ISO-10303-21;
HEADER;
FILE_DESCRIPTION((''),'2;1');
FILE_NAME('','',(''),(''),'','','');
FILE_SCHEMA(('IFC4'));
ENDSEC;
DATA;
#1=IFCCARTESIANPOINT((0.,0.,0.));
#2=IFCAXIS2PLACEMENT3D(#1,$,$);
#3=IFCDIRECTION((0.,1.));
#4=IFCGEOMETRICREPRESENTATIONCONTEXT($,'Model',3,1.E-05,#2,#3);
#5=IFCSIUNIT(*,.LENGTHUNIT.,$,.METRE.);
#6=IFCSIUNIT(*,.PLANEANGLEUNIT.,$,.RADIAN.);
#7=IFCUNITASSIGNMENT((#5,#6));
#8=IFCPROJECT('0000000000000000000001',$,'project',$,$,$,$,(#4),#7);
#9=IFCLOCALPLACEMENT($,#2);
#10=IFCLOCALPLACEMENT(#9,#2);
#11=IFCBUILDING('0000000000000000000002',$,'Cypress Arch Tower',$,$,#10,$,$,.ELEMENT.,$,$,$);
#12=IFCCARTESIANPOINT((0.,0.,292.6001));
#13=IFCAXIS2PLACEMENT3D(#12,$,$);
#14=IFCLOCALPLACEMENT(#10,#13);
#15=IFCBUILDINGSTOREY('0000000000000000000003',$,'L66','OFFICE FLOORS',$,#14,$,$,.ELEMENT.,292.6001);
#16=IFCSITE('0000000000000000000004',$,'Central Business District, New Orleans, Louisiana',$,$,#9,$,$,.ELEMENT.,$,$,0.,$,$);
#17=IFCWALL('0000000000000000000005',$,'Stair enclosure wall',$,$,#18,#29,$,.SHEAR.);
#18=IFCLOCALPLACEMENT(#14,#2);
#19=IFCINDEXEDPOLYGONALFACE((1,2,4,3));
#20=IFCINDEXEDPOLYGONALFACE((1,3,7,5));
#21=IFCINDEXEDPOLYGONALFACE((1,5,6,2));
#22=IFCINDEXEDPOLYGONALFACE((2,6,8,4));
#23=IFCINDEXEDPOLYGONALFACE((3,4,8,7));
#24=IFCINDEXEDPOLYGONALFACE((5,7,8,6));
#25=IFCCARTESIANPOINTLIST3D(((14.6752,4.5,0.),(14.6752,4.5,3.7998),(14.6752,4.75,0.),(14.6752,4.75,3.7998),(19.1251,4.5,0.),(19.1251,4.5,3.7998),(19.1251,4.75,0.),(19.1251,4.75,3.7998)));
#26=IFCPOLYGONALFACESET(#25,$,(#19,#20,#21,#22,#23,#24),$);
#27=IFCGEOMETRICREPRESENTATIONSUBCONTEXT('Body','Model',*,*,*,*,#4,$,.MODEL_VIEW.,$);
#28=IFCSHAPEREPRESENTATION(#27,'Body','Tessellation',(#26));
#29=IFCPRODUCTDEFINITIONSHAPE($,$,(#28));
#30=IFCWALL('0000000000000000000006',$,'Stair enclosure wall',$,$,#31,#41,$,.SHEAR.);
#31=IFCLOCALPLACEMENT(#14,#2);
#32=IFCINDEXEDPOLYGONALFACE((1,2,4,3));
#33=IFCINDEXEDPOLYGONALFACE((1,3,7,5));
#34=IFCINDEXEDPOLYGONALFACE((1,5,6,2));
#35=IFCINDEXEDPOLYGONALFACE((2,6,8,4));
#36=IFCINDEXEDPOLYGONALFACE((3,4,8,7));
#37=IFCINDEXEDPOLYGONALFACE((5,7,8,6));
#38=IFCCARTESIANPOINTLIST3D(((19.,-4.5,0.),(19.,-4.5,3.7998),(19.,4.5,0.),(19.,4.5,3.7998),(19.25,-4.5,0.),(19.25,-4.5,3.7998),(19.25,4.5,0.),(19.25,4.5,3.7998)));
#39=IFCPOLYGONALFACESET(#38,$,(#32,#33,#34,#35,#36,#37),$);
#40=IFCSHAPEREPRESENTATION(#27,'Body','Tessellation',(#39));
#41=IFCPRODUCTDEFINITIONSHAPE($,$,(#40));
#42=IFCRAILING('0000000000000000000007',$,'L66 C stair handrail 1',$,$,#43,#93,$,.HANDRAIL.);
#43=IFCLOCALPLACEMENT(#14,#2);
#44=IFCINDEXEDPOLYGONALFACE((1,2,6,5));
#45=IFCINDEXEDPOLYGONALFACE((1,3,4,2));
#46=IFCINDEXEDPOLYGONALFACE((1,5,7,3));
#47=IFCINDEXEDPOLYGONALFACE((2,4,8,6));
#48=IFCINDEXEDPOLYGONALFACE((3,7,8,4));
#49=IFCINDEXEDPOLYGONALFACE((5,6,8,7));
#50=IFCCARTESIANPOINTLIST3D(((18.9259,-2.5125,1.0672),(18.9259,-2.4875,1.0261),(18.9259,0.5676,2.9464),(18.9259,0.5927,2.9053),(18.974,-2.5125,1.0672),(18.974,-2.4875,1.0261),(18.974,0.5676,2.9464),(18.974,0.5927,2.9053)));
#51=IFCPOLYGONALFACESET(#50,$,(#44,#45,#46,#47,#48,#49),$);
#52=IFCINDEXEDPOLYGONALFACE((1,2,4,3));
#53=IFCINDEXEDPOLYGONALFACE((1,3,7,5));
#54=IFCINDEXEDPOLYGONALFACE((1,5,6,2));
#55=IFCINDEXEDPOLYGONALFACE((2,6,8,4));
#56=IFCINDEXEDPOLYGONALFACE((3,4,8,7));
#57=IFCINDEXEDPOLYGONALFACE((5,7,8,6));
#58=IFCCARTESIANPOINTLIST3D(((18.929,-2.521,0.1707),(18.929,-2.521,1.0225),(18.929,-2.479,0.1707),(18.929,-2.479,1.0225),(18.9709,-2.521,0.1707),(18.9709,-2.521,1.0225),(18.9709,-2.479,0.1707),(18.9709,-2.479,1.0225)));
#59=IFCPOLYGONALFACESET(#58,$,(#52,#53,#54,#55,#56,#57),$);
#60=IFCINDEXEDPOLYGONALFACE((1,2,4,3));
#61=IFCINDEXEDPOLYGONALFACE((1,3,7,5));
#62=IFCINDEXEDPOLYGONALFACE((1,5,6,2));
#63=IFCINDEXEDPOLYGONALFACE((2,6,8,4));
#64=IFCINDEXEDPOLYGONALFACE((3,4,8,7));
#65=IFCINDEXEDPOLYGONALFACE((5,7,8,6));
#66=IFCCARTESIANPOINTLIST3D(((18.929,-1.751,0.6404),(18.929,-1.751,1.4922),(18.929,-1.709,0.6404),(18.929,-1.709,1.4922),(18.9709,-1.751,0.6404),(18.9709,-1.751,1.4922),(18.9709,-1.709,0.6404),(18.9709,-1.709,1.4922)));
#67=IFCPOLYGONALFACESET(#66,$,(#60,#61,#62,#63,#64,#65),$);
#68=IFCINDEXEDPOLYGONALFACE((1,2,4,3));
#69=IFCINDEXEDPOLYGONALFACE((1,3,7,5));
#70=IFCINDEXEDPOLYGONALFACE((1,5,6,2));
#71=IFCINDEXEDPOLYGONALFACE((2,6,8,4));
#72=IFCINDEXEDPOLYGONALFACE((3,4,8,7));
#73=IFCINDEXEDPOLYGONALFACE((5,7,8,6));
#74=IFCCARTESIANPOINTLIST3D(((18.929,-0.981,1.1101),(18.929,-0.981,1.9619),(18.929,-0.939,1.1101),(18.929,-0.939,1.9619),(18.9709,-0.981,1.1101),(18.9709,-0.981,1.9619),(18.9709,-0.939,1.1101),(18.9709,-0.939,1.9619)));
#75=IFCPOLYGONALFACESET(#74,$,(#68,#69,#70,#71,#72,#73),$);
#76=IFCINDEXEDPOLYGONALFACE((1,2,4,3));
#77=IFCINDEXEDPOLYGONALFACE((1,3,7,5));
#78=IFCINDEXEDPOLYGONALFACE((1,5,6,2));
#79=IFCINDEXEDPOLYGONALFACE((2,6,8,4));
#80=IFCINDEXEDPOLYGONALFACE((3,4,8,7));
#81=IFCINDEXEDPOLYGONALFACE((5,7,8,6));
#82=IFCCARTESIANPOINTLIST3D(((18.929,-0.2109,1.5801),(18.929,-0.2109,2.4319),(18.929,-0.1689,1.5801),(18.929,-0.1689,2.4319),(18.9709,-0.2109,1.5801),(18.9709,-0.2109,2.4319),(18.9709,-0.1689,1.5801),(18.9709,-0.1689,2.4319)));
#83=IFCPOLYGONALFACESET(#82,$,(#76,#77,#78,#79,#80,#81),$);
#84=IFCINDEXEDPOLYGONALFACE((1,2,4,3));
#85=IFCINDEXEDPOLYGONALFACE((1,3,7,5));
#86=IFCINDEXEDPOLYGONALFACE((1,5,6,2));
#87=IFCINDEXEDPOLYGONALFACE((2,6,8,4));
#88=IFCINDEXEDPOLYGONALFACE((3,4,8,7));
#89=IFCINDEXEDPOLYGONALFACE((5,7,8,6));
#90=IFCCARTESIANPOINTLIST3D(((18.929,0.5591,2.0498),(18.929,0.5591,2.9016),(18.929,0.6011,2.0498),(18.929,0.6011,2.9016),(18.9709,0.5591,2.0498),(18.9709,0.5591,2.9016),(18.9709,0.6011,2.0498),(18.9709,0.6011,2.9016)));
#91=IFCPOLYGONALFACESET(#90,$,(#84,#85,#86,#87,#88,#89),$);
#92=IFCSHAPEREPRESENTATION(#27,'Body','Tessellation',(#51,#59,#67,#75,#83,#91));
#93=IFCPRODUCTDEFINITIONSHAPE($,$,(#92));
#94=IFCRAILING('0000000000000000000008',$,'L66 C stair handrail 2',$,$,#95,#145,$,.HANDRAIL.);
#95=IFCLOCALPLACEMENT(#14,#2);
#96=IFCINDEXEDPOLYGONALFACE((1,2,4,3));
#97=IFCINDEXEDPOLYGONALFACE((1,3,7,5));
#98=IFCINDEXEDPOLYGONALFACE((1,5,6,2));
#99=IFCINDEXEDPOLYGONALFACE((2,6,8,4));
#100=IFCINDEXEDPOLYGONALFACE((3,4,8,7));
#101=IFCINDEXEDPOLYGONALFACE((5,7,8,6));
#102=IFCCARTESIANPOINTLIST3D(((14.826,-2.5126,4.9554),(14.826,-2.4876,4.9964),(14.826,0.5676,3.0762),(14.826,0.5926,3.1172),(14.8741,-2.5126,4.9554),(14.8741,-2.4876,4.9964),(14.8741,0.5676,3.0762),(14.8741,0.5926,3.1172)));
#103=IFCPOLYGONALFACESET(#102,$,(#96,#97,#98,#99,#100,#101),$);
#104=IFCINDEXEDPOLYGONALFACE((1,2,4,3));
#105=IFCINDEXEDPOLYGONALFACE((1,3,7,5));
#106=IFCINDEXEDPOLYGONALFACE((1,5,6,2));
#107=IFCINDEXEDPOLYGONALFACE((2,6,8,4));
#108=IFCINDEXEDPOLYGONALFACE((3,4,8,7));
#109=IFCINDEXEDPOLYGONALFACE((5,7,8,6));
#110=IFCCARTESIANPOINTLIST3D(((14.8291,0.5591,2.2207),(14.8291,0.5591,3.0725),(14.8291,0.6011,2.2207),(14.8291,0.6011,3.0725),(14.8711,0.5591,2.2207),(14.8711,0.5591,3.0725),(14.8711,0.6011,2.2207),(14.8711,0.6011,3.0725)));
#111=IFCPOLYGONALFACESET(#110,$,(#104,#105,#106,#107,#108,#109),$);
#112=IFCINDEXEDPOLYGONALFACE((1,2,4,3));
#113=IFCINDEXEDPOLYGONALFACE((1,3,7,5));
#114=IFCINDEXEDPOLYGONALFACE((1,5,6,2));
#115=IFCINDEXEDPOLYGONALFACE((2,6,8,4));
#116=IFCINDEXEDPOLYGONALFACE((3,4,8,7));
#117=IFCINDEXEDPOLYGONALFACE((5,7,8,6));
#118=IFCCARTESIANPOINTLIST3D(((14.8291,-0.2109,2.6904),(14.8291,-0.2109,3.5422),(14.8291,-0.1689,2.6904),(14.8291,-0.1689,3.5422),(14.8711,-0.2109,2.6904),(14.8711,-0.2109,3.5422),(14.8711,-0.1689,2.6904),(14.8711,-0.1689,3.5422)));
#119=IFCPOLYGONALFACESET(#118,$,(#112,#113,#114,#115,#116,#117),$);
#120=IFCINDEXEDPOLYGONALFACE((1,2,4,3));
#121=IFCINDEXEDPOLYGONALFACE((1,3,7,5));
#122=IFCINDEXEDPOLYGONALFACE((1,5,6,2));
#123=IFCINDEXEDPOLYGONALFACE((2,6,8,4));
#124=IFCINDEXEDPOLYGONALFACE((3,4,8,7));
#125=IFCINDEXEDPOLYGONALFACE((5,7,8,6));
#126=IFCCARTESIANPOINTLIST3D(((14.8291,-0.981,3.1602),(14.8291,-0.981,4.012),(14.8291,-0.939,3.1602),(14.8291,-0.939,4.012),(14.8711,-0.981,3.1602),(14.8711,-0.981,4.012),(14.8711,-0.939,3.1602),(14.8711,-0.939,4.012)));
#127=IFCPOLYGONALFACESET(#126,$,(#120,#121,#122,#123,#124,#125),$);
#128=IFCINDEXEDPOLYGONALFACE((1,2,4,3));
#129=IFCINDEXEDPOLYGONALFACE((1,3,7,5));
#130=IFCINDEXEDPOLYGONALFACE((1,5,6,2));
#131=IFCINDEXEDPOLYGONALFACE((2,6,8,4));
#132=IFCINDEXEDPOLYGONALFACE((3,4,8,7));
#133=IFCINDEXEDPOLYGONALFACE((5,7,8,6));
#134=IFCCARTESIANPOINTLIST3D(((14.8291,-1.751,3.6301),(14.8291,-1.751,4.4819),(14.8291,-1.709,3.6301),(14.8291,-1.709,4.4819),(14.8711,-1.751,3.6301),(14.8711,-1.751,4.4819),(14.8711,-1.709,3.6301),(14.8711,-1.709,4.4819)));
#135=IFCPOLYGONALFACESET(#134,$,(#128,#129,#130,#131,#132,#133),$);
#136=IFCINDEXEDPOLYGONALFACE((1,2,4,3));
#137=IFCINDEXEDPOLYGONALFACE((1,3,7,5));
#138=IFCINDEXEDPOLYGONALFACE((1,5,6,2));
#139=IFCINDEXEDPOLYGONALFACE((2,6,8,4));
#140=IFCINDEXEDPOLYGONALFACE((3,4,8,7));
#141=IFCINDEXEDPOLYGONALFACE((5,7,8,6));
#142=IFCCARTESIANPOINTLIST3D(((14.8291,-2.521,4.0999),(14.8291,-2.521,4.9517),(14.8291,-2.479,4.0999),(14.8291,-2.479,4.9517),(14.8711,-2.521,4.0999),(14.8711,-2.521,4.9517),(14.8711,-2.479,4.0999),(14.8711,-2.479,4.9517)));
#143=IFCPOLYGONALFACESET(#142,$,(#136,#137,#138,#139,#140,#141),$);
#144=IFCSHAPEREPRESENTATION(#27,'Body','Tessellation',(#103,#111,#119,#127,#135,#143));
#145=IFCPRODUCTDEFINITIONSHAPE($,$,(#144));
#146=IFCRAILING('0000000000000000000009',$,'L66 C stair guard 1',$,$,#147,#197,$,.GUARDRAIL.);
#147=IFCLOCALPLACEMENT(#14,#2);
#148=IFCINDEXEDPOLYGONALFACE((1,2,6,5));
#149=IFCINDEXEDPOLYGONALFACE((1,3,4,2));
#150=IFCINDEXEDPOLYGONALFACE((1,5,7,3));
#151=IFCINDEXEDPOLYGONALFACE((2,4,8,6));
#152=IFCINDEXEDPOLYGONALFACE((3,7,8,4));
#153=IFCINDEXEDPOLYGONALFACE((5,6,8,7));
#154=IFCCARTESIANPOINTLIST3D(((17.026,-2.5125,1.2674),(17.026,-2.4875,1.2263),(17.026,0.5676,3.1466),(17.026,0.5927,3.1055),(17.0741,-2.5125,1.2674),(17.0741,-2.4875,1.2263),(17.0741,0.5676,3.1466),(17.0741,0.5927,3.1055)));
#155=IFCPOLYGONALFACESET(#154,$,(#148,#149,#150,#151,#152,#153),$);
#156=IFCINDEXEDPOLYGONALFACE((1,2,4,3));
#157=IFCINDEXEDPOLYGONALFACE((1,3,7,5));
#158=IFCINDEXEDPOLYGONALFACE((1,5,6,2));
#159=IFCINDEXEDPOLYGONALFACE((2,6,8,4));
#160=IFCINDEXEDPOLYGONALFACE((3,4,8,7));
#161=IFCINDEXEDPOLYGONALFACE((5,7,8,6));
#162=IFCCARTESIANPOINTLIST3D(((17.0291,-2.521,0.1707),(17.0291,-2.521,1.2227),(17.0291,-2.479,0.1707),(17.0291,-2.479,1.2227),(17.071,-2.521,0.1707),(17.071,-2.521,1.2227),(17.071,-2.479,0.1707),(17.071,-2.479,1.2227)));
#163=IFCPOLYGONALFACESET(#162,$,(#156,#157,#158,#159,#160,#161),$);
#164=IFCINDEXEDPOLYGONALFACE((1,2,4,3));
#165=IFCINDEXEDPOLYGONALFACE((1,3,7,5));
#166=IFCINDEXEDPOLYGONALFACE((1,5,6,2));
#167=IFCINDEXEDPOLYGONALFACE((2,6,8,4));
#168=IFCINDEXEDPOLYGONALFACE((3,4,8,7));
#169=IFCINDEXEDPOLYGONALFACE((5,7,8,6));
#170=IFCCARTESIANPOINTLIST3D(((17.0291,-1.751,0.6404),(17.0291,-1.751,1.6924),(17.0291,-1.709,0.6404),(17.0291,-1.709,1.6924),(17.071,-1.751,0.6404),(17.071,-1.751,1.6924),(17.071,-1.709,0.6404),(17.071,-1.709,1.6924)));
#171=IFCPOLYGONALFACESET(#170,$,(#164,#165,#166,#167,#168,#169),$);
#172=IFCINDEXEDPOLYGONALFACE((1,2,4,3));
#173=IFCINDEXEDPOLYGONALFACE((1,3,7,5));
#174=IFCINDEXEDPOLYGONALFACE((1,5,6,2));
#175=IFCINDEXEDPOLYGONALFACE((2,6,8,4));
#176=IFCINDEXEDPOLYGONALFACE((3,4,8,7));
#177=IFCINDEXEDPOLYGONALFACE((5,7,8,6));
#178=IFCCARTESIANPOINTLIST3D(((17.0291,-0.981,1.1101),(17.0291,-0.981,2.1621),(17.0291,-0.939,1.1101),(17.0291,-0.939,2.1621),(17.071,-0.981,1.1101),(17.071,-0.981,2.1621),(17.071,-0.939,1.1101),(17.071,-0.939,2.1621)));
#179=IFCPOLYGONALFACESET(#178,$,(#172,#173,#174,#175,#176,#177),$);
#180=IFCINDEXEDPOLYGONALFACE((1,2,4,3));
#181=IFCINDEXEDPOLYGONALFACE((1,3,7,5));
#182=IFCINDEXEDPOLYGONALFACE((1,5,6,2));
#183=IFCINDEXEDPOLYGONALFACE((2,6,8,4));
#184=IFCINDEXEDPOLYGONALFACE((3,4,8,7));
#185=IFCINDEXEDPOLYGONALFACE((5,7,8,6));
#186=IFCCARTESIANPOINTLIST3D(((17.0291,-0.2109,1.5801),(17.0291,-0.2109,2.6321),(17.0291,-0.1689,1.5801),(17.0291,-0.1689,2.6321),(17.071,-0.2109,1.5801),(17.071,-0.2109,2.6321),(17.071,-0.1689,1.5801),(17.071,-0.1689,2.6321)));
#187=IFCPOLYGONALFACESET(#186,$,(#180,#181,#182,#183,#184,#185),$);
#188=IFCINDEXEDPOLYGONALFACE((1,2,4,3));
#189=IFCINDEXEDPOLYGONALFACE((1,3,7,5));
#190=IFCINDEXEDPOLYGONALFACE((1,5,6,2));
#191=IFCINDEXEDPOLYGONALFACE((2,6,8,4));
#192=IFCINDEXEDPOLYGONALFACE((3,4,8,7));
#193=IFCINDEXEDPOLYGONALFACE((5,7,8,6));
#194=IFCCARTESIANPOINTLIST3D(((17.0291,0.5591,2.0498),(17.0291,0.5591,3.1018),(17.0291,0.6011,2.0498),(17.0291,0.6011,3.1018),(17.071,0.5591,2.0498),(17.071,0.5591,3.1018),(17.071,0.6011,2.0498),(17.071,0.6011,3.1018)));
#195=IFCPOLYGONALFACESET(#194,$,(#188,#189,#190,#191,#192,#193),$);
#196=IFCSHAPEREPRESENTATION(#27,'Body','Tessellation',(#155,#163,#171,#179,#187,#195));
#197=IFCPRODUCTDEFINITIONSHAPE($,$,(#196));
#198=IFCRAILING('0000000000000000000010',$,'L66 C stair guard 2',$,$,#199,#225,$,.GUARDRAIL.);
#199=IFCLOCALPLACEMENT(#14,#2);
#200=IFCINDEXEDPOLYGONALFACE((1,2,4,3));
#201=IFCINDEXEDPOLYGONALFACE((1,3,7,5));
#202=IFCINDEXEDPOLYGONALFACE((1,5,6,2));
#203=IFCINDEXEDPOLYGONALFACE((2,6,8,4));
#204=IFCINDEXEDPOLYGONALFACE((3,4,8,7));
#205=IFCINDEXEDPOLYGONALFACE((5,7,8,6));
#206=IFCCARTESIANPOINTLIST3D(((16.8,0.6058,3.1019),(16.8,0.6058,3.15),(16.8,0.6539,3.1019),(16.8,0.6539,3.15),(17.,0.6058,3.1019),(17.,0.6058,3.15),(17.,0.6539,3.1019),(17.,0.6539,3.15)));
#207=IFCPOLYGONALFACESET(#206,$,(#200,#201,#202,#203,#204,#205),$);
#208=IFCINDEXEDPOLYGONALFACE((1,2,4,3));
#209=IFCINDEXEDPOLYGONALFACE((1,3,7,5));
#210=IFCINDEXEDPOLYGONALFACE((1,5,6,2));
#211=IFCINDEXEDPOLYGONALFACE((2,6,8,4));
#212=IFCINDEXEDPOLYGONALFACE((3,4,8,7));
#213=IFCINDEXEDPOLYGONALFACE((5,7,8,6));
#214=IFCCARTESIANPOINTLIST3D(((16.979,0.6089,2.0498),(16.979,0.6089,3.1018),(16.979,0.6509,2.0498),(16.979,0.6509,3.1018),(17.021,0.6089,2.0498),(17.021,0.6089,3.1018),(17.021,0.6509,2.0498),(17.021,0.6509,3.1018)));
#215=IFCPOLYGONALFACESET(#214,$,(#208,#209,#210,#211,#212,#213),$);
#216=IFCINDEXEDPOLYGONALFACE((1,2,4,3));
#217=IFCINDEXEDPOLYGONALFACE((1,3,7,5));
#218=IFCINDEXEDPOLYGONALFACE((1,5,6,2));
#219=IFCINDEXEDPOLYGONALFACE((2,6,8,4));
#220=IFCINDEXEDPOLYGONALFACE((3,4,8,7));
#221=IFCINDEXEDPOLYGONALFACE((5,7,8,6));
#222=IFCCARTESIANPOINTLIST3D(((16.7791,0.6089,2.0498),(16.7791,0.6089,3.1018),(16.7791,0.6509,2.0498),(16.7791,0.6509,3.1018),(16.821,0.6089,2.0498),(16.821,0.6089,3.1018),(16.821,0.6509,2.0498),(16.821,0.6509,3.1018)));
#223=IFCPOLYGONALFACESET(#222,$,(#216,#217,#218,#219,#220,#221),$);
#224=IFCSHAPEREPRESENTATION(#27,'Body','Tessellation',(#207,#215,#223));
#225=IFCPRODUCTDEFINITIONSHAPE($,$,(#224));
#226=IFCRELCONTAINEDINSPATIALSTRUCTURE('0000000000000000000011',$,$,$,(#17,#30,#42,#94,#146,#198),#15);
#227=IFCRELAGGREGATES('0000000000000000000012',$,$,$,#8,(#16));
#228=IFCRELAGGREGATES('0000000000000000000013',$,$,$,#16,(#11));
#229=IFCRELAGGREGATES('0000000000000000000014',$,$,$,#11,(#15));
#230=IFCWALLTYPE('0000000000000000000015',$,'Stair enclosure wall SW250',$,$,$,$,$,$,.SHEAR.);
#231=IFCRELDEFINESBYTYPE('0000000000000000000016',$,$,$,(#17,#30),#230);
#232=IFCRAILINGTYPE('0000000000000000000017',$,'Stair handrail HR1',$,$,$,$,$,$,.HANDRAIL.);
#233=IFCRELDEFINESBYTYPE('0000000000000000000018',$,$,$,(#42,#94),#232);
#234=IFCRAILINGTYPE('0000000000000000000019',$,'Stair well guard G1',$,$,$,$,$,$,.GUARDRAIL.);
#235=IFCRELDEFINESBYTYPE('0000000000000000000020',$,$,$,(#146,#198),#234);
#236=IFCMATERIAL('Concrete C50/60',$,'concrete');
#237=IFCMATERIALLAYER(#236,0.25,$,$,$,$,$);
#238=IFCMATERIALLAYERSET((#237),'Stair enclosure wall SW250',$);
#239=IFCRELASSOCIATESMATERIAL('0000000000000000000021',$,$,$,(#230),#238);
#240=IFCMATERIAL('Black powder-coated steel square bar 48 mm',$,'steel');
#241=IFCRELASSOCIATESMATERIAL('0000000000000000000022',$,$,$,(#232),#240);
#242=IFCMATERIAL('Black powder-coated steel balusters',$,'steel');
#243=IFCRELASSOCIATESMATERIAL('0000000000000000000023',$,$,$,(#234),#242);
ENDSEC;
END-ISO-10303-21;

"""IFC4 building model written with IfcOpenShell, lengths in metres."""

from ifc_helpers import new_model, si_unit, direction, frame, frame_2d, origin, origin_2d, place, context, subcontext, project, spatial, rectangle, extrude, material, layer, layer_set, type_object, element, save


model = new_model("IFC4")

# Units and contexts
model_context = context("Model", 3, precision=1e-05, world=origin(), true_north=direction((0.0, 1.0)))
body_context = subcontext(model_context, "Body", "Model", "MODEL_VIEW")
ifc_project = project(units=[si_unit("LENGTHUNIT", "METRE"), si_unit("PLANEANGLEUNIT", "RADIAN")], contexts=[model_context])

# Site, building, storey
site_placement = place(None, origin())
site = spatial("IfcSite", under=ifc_project, at=site_placement, Name="Central Business District, New Orleans, Louisiana", CompositionType="ELEMENT", RefElevation=0.0)
building_placement = place(site_placement, origin())
building = spatial("IfcBuilding", under=site, at=building_placement, Name="Cypress Arch Tower", CompositionType="ELEMENT")
storey_placement = place(building_placement, frame((0.0, 0.0, 292.6001)))
storey = spatial("IfcBuildingStorey", under=building, at=storey_placement, Name="L66", Description="OFFICE FLOORS", CompositionType="ELEMENT", Elevation=292.6001)

# Shared definitions
ifc_material_1 = material(Name="Concrete C50/60", Category="concrete")
ifc_layer_1 = layer(ifc_material_1, 0.25)
ifc_layer_set_1 = layer_set([ifc_layer_1], Name="Stair enclosure wall SW250")
wall_type_1 = type_object("IfcWallType", Name="Stair enclosure wall SW250", PredefinedType="SHEAR", material=ifc_layer_set_1)

# Walls
wall_1_placement = place(storey_placement, frame((14.675, 4.625, 0.0), z_axis=(0.0, 0.0, 1.0), x_axis=(1.0, 0.0, 0.0)))
element("IfcWall", 1, at=wall_1_placement, inside=storey, type_object=wall_type_1, Name="Stair enclosure wall", PredefinedType="SHEAR", context=body_context, shape_type="SweptSolid", body=[
    extrude(rectangle(XDim=4.45, YDim=0.25, at=frame_2d((2.2251, 0.0))), origin(), (0.0, 0.0, 1.0), 3.7998),
])
wall_2_placement = place(storey_placement, frame((19.125, -4.5, 0.0), z_axis=(0.0, 0.0, 1.0), x_axis=(0.0, 1.0, 0.0)))
element("IfcWall", 2, at=wall_2_placement, inside=storey, type_object=wall_type_1, Name="Stair enclosure wall", PredefinedType="SHEAR", context=body_context, shape_type="SweptSolid", body=[
    extrude(rectangle(XDim=9.0, YDim=0.25, at=frame_2d((4.5, 0.0))), origin(), (0.0, 0.0, 1.0), 3.7998),
])

# Railings
ifc_material_2 = material(Name="Black powder-coated steel square bar 48 mm", Category="steel")
railing_type_1 = type_object("IfcRailingType", Name="Stair handrail HR1", PredefinedType="HANDRAIL", material=ifc_material_2)
railing_1_placement = place(storey_placement, frame((18.95, -2.5, 0.1707)))
element("IfcRailing", 3, at=railing_1_placement, inside=storey, type_object=railing_type_1, Name="L66 C stair handrail 1", PredefinedType="HANDRAIL", context=body_context, shape_type="SweptSolid", body=[
    extrude(rectangle(XDim=0.0481, YDim=0.0481, at=origin_2d()), frame((0.0, 0.0, 0.876), z_axis=(0.0, 0.853666, 0.52082), x_axis=(-1.0, 0.0, 0.0)), (0.0, 0.0, 1.0), 3.6082),
    extrude(rectangle(XDim=0.042, YDim=0.042, at=origin_2d()), origin(), (0.0, 0.0, 1.0), 0.8518),
    extrude(rectangle(XDim=0.042, YDim=0.042, at=origin_2d()), frame((0.0, 0.77, 0.4697)), (0.0, 0.0, 1.0), 0.8518),
    extrude(rectangle(XDim=0.042, YDim=0.042, at=origin_2d()), frame((0.0, 1.54, 0.9395)), (0.0, 0.0, 1.0), 0.8518),
    extrude(rectangle(XDim=0.042, YDim=0.042, at=origin_2d()), frame((0.0, 2.3101, 1.4094)), (0.0, 0.0, 1.0), 0.8518),
    extrude(rectangle(XDim=0.042, YDim=0.042, at=origin_2d()), frame((0.0, 3.0801, 1.8792)), (0.0, 0.0, 1.0), 0.8518),
])
railing_2_placement = place(storey_placement, frame((14.8501, 0.5801, 2.2207)))
element("IfcRailing", 4, at=railing_2_placement, inside=storey, type_object=railing_type_1, Name="L66 C stair handrail 2", PredefinedType="HANDRAIL", context=body_context, shape_type="SweptSolid", body=[
    extrude(rectangle(XDim=0.0481, YDim=0.0481, at=origin_2d()), frame((0.0, 0.0, 0.876), z_axis=(0.0, -0.853666, 0.52082), x_axis=(1.0, 0.0, 0.0)), (0.0, 0.0, 1.0), 3.6082),
    extrude(rectangle(XDim=0.042, YDim=0.042, at=origin_2d()), origin(), (0.0, 0.0, 1.0), 0.8518),
    extrude(rectangle(XDim=0.042, YDim=0.042, at=origin_2d()), frame((0.0, -0.77, 0.4697)), (0.0, 0.0, 1.0), 0.8518),
    extrude(rectangle(XDim=0.042, YDim=0.042, at=origin_2d()), frame((0.0, -1.54, 0.9395)), (0.0, 0.0, 1.0), 0.8518),
    extrude(rectangle(XDim=0.042, YDim=0.042, at=origin_2d()), frame((0.0, -2.3101, 1.4094)), (0.0, 0.0, 1.0), 0.8518),
    extrude(rectangle(XDim=0.042, YDim=0.042, at=origin_2d()), frame((0.0, -3.0801, 1.8792)), (0.0, 0.0, 1.0), 0.8518),
])
ifc_material_3 = material(Name="Black powder-coated steel balusters", Category="steel")
railing_type_2 = type_object("IfcRailingType", Name="Stair well guard G1", PredefinedType="GUARDRAIL", material=ifc_material_3)
railing_3_placement = place(storey_placement, frame((17.05, -2.5, 0.1707)))
element("IfcRailing", 5, at=railing_3_placement, inside=storey, type_object=railing_type_2, Name="L66 C stair guard 1", PredefinedType="GUARDRAIL", context=body_context, shape_type="SweptSolid", body=[
    extrude(rectangle(XDim=0.0481, YDim=0.0481, at=origin_2d()), frame((0.0, 0.0, 1.0762), z_axis=(0.0, 0.853666, 0.52082), x_axis=(-1.0, 0.0, 0.0)), (0.0, 0.0, 1.0), 3.6082),
    extrude(rectangle(XDim=0.042, YDim=0.042, at=origin_2d()), origin(), (0.0, 0.0, 1.0), 1.052),
    extrude(rectangle(XDim=0.042, YDim=0.042, at=origin_2d()), frame((0.0, 0.77, 0.4697)), (0.0, 0.0, 1.0), 1.052),
    extrude(rectangle(XDim=0.042, YDim=0.042, at=origin_2d()), frame((0.0, 1.54, 0.9395)), (0.0, 0.0, 1.0), 1.052),
    extrude(rectangle(XDim=0.042, YDim=0.042, at=origin_2d()), frame((0.0, 2.3101, 1.4094)), (0.0, 0.0, 1.0), 1.052),
    extrude(rectangle(XDim=0.042, YDim=0.042, at=origin_2d()), frame((0.0, 3.0801, 1.8792)), (0.0, 0.0, 1.0), 1.052),
])
railing_4_placement = place(storey_placement, frame((17.0, 0.6299, 2.0498)))
element("IfcRailing", 6, at=railing_4_placement, inside=storey, type_object=railing_type_2, Name="L66 C stair guard 2", PredefinedType="GUARDRAIL", context=body_context, shape_type="SweptSolid", body=[
    extrude(rectangle(XDim=0.0481, YDim=0.0481, at=origin_2d()), frame((0.0, 0.0, 1.0762), z_axis=(-1.0, 0.0, 0.0), x_axis=(0.0, -1.0, 0.0)), (0.0, 0.0, 1.0), 0.2),
    extrude(rectangle(XDim=0.042, YDim=0.042, at=origin_2d()), origin(), (0.0, 0.0, 1.0), 1.052),
    extrude(rectangle(XDim=0.042, YDim=0.042, at=origin_2d()), frame((-0.2, 0.0, 0.0)), (0.0, 0.0, 1.0), 1.052),
])

save(model, "model.ifc")
